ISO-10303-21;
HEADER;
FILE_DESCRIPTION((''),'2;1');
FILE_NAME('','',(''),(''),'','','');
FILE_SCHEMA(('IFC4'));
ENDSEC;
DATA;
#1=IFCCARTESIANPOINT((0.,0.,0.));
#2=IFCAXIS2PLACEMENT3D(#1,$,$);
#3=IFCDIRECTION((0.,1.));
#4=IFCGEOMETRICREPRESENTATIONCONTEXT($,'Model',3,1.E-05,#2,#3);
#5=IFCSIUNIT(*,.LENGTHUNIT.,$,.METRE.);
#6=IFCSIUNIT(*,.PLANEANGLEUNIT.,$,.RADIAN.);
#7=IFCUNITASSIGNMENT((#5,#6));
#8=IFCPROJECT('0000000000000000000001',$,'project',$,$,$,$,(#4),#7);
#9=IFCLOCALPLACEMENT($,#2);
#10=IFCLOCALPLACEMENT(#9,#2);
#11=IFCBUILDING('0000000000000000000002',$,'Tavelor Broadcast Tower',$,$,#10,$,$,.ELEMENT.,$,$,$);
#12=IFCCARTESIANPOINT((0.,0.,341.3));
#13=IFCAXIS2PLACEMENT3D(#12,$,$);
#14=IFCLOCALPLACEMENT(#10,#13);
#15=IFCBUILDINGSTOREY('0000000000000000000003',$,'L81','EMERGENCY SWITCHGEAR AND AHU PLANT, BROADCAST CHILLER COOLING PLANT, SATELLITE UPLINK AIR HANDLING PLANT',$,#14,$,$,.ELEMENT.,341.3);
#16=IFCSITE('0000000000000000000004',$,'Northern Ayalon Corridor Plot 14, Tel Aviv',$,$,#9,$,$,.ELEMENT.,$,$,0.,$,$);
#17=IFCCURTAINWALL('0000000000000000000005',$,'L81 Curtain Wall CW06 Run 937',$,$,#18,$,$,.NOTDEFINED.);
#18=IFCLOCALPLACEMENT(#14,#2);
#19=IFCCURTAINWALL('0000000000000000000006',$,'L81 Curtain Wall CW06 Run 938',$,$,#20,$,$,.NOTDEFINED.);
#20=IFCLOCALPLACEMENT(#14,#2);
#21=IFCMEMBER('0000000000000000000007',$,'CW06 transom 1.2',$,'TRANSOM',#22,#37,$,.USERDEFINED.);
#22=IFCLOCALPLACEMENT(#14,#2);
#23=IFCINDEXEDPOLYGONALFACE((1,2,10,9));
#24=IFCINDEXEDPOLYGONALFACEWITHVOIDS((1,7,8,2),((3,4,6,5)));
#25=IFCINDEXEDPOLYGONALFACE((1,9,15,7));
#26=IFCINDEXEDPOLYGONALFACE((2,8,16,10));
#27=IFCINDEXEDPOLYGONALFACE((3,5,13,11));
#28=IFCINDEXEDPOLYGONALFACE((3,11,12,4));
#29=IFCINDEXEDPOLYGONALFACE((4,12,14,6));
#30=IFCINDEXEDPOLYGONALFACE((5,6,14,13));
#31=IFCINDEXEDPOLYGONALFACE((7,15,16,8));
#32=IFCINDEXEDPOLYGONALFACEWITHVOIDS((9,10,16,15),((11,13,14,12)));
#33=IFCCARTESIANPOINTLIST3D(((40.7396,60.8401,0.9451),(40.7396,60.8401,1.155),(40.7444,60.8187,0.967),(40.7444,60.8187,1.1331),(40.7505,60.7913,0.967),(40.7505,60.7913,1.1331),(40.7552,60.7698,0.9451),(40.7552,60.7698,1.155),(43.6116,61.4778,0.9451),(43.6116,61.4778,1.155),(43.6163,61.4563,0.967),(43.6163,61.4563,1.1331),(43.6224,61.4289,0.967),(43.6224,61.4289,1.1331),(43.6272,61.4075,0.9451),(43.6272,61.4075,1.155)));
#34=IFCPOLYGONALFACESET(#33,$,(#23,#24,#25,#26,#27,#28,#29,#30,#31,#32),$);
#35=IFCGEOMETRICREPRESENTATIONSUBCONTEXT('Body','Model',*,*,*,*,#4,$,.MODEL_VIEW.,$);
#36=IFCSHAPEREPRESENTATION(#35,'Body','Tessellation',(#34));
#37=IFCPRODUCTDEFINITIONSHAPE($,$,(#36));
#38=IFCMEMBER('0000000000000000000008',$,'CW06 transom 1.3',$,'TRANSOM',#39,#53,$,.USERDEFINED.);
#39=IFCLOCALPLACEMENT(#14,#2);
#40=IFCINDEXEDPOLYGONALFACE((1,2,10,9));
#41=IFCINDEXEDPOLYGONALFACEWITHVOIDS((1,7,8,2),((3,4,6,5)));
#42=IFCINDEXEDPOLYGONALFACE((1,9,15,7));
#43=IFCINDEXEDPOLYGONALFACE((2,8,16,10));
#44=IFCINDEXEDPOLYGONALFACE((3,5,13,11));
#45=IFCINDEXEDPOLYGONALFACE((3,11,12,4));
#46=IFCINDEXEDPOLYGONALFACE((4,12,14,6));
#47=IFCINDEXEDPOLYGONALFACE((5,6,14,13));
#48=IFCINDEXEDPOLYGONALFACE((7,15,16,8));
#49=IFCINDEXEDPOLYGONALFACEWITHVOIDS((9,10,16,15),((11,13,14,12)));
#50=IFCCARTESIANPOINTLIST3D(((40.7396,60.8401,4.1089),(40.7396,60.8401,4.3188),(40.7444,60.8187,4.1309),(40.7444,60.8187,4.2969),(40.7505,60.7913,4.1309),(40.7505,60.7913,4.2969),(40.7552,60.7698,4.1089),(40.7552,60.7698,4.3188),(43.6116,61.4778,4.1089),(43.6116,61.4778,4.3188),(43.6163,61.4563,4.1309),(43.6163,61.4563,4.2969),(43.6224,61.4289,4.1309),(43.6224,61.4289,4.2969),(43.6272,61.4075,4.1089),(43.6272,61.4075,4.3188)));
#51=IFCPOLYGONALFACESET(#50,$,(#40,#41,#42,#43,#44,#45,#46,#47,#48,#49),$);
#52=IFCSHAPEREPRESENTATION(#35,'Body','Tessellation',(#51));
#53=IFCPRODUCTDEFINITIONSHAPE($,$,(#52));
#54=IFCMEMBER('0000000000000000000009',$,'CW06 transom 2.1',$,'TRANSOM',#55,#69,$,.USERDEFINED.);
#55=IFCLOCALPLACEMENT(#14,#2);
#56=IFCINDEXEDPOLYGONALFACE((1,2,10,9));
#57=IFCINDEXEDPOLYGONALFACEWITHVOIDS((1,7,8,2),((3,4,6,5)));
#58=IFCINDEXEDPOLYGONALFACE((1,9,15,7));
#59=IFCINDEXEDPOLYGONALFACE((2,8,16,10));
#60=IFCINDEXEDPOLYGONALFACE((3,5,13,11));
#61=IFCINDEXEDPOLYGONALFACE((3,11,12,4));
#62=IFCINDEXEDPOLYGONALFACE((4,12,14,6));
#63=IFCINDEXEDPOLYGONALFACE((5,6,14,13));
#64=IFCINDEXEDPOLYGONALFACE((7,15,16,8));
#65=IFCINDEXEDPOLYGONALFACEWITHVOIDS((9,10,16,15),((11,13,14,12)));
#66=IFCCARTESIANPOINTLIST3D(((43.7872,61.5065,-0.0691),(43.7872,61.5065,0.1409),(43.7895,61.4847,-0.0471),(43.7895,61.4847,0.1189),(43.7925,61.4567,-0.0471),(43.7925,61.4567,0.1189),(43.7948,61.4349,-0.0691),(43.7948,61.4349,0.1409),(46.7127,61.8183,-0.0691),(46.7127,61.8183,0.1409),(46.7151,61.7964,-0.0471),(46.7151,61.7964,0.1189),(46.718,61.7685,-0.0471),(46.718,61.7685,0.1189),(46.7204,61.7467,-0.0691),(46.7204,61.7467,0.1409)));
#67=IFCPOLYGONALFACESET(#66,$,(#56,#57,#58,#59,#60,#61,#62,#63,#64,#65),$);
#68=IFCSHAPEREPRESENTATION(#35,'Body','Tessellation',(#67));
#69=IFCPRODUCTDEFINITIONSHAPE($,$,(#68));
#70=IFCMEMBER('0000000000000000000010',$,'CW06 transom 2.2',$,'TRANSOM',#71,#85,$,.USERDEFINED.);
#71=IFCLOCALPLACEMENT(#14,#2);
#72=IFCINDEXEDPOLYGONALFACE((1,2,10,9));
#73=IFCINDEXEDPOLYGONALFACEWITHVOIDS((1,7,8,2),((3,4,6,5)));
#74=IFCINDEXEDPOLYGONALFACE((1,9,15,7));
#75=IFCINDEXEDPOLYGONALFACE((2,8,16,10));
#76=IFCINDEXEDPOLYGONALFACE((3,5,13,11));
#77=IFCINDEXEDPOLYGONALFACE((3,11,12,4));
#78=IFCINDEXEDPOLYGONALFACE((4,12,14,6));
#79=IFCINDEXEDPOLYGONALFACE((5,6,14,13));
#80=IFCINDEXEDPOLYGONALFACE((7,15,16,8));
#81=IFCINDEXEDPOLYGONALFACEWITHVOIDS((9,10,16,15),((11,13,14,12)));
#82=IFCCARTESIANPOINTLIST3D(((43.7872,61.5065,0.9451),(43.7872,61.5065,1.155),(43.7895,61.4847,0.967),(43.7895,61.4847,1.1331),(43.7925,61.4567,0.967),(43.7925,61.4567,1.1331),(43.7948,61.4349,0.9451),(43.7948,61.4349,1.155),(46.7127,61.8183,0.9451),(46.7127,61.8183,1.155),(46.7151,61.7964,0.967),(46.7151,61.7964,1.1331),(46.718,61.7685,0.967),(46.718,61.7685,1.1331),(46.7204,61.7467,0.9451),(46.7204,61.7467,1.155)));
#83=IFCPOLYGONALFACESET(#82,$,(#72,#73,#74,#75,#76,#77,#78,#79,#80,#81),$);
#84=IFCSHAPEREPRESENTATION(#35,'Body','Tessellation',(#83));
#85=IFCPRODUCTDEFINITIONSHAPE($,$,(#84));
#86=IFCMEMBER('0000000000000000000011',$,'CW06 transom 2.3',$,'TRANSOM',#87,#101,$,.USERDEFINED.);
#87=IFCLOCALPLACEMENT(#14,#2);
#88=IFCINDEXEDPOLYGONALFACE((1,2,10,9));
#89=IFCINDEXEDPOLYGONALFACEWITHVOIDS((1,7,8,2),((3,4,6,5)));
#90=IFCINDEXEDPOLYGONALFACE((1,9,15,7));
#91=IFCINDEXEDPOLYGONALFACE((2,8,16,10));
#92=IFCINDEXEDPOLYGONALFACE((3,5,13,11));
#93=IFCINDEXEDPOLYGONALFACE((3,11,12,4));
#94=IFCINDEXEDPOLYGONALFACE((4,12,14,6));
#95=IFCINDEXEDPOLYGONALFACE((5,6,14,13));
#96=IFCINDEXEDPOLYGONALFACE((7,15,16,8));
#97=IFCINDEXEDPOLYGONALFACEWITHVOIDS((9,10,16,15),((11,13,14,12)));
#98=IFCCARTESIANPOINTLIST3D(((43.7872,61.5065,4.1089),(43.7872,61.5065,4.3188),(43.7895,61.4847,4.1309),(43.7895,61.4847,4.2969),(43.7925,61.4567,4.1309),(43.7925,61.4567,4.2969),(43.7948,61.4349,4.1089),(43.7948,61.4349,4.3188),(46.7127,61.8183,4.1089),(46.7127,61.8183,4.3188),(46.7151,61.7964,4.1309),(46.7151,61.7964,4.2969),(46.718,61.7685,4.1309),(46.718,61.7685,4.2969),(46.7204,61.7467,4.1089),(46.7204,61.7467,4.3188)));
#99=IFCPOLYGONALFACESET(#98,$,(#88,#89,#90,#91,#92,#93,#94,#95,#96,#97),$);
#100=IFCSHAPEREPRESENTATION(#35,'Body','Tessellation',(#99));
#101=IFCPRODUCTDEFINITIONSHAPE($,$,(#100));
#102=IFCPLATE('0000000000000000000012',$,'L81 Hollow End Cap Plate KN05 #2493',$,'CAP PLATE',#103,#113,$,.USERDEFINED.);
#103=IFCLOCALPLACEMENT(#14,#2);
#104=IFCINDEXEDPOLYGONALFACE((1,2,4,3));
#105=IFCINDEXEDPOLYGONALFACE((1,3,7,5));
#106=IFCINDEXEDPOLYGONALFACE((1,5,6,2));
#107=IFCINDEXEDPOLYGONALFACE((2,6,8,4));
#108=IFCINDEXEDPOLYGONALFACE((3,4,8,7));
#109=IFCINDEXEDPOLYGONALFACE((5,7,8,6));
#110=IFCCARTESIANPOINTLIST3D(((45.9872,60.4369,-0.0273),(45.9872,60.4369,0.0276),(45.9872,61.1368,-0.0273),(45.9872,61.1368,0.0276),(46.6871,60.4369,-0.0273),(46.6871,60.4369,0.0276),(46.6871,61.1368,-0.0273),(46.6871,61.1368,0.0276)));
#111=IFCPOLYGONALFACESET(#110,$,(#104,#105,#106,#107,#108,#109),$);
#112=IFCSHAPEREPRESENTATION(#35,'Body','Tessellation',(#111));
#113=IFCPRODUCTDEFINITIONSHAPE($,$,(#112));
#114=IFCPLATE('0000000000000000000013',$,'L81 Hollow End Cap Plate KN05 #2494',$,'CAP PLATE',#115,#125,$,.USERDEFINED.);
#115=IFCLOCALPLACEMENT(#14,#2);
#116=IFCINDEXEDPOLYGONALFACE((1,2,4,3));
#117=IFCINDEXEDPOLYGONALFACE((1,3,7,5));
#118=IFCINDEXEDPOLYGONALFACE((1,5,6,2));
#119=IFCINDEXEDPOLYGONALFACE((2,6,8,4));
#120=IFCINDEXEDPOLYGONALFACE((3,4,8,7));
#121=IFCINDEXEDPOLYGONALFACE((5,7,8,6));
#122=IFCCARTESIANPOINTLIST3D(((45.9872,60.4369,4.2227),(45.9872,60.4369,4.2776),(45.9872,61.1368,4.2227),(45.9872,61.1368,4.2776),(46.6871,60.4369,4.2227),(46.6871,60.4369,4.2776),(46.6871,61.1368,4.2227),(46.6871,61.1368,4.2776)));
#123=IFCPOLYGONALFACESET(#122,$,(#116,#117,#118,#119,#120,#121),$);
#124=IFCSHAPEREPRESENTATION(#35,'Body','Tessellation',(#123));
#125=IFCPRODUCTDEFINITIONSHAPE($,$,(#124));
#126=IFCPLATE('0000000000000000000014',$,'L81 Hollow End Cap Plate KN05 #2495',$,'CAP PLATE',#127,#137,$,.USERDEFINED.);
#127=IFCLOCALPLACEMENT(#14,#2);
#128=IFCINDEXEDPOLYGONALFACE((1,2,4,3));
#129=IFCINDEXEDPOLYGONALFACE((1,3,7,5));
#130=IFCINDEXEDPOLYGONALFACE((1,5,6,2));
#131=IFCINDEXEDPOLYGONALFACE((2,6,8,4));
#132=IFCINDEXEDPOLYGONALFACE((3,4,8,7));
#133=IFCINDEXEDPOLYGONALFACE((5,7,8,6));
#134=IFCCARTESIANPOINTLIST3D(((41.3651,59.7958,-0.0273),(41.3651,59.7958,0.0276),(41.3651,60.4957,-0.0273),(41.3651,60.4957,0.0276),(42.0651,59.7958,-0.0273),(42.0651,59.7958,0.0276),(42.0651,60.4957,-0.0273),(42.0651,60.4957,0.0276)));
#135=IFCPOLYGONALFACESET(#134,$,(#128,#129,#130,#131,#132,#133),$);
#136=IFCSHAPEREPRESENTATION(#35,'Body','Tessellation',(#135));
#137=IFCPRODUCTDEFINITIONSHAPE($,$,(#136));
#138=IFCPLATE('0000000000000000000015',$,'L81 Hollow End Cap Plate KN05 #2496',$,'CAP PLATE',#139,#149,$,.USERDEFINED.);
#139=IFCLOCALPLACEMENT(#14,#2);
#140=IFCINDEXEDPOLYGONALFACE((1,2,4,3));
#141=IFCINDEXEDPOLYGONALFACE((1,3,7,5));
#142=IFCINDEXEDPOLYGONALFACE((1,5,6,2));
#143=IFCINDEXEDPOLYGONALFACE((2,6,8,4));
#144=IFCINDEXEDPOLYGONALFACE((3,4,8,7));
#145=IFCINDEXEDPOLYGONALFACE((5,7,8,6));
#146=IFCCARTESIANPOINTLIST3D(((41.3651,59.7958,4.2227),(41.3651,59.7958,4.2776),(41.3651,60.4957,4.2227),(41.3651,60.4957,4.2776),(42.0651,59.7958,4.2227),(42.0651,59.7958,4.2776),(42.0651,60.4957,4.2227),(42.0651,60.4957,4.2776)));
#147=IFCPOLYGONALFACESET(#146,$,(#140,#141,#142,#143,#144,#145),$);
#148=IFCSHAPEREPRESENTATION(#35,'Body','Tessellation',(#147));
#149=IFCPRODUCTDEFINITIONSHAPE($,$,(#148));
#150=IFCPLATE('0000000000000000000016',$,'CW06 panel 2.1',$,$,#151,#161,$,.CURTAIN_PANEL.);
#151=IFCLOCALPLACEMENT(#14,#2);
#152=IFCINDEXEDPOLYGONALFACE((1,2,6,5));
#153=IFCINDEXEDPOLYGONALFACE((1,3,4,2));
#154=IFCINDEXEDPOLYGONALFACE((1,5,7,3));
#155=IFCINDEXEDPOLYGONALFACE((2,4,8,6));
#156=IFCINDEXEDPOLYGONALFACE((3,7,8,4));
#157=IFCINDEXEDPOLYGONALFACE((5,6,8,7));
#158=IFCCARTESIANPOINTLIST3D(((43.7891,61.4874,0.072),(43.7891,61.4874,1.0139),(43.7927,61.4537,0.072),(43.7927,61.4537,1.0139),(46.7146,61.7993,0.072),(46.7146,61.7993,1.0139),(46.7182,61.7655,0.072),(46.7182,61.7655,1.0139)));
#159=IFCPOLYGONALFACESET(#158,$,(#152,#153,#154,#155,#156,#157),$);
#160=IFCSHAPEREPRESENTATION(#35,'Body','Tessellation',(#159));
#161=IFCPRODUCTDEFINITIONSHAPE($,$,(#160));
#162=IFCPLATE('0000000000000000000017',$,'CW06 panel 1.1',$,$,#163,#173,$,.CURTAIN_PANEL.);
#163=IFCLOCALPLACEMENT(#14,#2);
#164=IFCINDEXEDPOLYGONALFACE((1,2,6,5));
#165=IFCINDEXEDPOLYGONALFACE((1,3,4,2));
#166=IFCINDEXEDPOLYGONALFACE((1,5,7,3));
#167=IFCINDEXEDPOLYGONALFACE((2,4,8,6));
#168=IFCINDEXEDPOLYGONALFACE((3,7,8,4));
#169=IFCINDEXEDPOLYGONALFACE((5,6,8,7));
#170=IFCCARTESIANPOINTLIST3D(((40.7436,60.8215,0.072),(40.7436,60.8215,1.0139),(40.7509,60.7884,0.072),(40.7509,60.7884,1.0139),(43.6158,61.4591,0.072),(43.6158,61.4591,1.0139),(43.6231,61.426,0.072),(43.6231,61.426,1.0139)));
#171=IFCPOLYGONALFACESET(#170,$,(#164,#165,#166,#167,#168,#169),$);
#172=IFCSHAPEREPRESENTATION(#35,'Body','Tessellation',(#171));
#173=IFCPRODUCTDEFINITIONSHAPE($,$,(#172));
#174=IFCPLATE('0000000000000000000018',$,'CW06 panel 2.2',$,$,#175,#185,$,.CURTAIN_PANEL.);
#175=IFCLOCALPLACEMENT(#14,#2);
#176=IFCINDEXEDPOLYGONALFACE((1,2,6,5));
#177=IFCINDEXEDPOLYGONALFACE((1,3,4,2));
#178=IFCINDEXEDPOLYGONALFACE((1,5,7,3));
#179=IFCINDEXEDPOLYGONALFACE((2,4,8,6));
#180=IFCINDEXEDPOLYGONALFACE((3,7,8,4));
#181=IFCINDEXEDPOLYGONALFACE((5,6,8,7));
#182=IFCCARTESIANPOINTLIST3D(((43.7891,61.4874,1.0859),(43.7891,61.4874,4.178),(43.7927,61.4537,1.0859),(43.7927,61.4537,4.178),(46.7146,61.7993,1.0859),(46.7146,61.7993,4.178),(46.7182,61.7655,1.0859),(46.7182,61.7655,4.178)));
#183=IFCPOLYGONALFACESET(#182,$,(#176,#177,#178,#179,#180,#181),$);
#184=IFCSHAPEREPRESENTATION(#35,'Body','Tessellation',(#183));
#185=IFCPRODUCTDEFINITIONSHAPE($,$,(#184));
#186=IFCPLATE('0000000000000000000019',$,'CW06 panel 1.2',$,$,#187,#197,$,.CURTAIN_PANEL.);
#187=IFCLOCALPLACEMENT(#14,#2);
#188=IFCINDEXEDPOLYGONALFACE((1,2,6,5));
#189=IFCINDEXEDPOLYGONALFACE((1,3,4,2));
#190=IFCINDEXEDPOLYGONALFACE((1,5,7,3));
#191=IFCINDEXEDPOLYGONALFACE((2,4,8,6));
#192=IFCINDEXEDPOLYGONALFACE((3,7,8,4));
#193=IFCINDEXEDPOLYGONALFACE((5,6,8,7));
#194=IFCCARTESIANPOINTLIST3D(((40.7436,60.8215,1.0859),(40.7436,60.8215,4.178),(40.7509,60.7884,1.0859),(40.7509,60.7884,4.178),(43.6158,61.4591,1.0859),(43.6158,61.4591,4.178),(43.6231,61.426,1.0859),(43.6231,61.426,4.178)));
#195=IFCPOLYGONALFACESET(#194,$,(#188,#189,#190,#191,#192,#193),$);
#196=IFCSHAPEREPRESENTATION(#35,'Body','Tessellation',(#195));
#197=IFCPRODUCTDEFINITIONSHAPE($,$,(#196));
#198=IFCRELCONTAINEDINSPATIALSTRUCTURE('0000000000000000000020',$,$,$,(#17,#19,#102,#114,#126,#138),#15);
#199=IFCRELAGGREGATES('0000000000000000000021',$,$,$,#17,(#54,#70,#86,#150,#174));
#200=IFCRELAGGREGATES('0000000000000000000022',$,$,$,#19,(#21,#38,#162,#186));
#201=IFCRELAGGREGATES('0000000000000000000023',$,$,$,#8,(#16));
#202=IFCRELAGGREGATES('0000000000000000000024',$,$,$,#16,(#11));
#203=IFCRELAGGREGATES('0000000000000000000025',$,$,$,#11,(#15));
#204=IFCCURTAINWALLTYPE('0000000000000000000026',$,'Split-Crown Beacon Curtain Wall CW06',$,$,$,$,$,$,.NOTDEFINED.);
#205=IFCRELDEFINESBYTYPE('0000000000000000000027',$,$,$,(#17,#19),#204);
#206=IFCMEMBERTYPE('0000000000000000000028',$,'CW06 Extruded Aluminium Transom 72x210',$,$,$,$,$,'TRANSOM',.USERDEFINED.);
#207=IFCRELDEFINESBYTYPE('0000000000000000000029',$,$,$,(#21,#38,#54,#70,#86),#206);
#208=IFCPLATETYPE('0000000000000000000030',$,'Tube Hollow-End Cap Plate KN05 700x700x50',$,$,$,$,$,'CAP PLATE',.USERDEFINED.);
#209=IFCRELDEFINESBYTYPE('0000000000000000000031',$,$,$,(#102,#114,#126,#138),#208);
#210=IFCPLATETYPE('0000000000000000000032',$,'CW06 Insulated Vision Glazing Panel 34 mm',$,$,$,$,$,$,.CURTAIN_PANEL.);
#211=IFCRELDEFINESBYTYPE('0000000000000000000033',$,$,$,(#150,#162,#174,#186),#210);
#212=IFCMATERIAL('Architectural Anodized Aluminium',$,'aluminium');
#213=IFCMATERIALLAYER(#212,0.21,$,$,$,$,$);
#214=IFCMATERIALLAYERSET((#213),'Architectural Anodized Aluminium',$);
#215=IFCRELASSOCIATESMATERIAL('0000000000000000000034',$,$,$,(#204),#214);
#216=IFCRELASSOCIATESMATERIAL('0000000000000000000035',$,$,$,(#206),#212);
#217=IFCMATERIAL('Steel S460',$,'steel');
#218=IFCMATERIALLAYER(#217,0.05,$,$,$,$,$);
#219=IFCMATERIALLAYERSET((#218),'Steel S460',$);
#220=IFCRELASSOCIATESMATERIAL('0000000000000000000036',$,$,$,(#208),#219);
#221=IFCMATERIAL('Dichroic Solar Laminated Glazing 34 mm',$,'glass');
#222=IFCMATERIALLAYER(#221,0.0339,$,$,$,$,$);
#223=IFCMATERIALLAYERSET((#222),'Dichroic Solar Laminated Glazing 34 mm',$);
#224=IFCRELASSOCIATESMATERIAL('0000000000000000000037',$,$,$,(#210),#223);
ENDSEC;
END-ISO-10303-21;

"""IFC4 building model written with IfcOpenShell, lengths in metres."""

from ifc_helpers import new_model, si_unit, direction, frame, origin, origin_2d, place, context, subcontext, project, spatial, rectangle, hollow_rectangle, extrude, source, transform, mapped, material, layer, layer_set, material_profile, profile_set, type_object, type_shapes, element, aggregate, save


model = new_model("IFC4")

# Units and contexts
model_context = context("Model", 3, precision=1e-05, world=origin(), true_north=direction((0.0, 1.0)))
body_context = subcontext(model_context, "Body", "Model", "MODEL_VIEW")
ifc_project = project(units=[si_unit("LENGTHUNIT", "METRE"), si_unit("PLANEANGLEUNIT", "RADIAN")], contexts=[model_context])

# Site, building, storey
site_placement = place(None, origin())
site = spatial("IfcSite", under=ifc_project, at=site_placement, Name="Northern Ayalon Corridor Plot 14, Tel Aviv", CompositionType="ELEMENT", RefElevation=0.0)
building_placement = place(site_placement, origin())
building = spatial("IfcBuilding", under=site, at=building_placement, Name="Tavelor Broadcast Tower", CompositionType="ELEMENT")
storey_placement = place(building_placement, frame((0.0, 0.0, 341.3)))
storey = spatial("IfcBuildingStorey", under=building, at=storey_placement, Name="L81", Description="EMERGENCY SWITCHGEAR AND AHU PLANT, BROADCAST CHILLER COOLING PLANT, SATELLITE UPLINK AIR HANDLING PLANT", CompositionType="ELEMENT", Elevation=341.3)

# Curtain walls, members
ifc_material_1 = material(Name="Architectural Anodized Aluminium", Category="aluminium")
ifc_layer_1 = layer(ifc_material_1, 0.21)
ifc_layer_set_1 = layer_set([ifc_layer_1], Name="Architectural Anodized Aluminium")
curtain_wall_type = type_object("IfcCurtainWallType", Name="Split-Crown Beacon Curtain Wall CW06", PredefinedType="NOTDEFINED", material=ifc_layer_set_1)
curtain_wall_1_placement = place(storey_placement, origin())
curtain_wall_1 = element("IfcCurtainWall", 1, at=curtain_wall_1_placement, inside=storey, type_object=curtain_wall_type, Name="L81 Curtain Wall CW06 Run 937", PredefinedType="NOTDEFINED")
curtain_wall_2_placement = place(storey_placement, origin())
curtain_wall_2 = element("IfcCurtainWall", 2, at=curtain_wall_2_placement, inside=storey, type_object=curtain_wall_type, Name="L81 Curtain Wall CW06 Run 938", PredefinedType="NOTDEFINED")
ifc_material_profile_1 = material_profile(ifc_material_1, hollow_rectangle(XDim=0.072, YDim=0.21, WallThickness=0.022, at=origin_2d()), Name="RHS 72x210x22")
ifc_profile_set_1 = profile_set([ifc_material_profile_1], Name="Architectural Anodized Aluminium")
member_type_1 = type_object("IfcMemberType", Name="CW06 Extruded Aluminium Transom 72x210", ElementType="TRANSOM", PredefinedType="USERDEFINED", material=ifc_profile_set_1)
shared_shape_1 = source(origin(), body_context, "Body", "SweptSolid", [
    extrude(hollow_rectangle(XDim=0.072, YDim=0.21, WallThickness=0.022, at=origin_2d()), origin(), (0.0, 0.0, 1.0), 2.9419),
])
member_1_placement = place(storey_placement, frame((43.6194, 61.4426, 1.05), z_axis=(-0.976226, -0.216755, 0.0), x_axis=(0.216755, -0.976226, 0.0)))
member_1 = element("IfcMember", 3, at=member_1_placement, type_object=member_type_1, Name="CW06 transom 1.2", ObjectType="TRANSOM", PredefinedType="USERDEFINED", context=body_context, shape_type="MappedRepresentation", body=[
    mapped(shared_shape_1, transform((0.0, 0.0, 0.0), scale=1.0)),
])
member_2_placement = place(storey_placement, frame((43.6194, 61.4426, 4.2139), z_axis=(-0.976226, -0.216755, 0.0), x_axis=(0.216755, -0.976226, 0.0)))
member_2 = element("IfcMember", 4, at=member_2_placement, type_object=member_type_1, Name="CW06 transom 1.3", ObjectType="TRANSOM", PredefinedType="USERDEFINED", context=body_context, shape_type="MappedRepresentation", body=[
    mapped(shared_shape_1, transform((0.0, 0.0, 0.0), scale=1.0)),
])

# Members
shared_shape_2 = source(origin(), body_context, "Body", "SweptSolid", [
    extrude(hollow_rectangle(XDim=0.072, YDim=0.21, WallThickness=0.022, at=origin_2d()), origin(), (0.0, 0.0, 1.0), 2.9421),
])
type_shapes(member_type_1, [shared_shape_1, shared_shape_2])
member_3_placement = place(storey_placement, frame((46.7166, 61.7825, 0.0359), z_axis=(-0.99437, -0.105968, 0.0), x_axis=(0.105968, -0.99437, 0.0)))
member_3 = element("IfcMember", 5, at=member_3_placement, type_object=member_type_1, Name="CW06 transom 2.1", ObjectType="TRANSOM", PredefinedType="USERDEFINED", context=body_context, shape_type="MappedRepresentation", body=[
    mapped(shared_shape_2, transform((0.0, 0.0, 0.0), scale=1.0)),
])
member_4_placement = place(storey_placement, frame((46.7166, 61.7825, 1.05), z_axis=(-0.99437, -0.105968, 0.0), x_axis=(0.105968, -0.99437, 0.0)))
member_4 = element("IfcMember", 6, at=member_4_placement, type_object=member_type_1, Name="CW06 transom 2.2", ObjectType="TRANSOM", PredefinedType="USERDEFINED", context=body_context, shape_type="MappedRepresentation", body=[
    mapped(shared_shape_2, transform((0.0, 0.0, 0.0), scale=1.0)),
])
member_5_placement = place(storey_placement, frame((46.7166, 61.7825, 4.2139), z_axis=(-0.99437, -0.105968, 0.0), x_axis=(0.105968, -0.99437, 0.0)))
member_5 = element("IfcMember", 7, at=member_5_placement, type_object=member_type_1, Name="CW06 transom 2.3", ObjectType="TRANSOM", PredefinedType="USERDEFINED", context=body_context, shape_type="MappedRepresentation", body=[
    mapped(shared_shape_2, transform((0.0, 0.0, 0.0), scale=1.0)),
])

# Plates
ifc_material_2 = material(Name="Steel S460", Category="steel")
ifc_layer_2 = layer(ifc_material_2, 0.05)
ifc_layer_set_2 = layer_set([ifc_layer_2], Name="Steel S460")
plate_type_1 = type_object("IfcPlateType", Name="Tube Hollow-End Cap Plate KN05 700x700x50", ElementType="CAP PLATE", PredefinedType="USERDEFINED", material=ifc_layer_set_2)
shared_shape_3 = source(origin(), body_context, "Body", "SweptSolid", [
    extrude(rectangle(XDim=0.7, YDim=0.7, at=origin_2d()), origin(), (0.0, 0.0, 1.0), 0.0549),
])
type_shapes(plate_type_1, [shared_shape_3])
for number, where, z_axis, x_axis, name in (
    (8, (46.3372, 60.7869, -0.0273), (0.0, 0.0, 1.0), (1.0, 0.0, 0.0), "L81 Hollow End Cap Plate KN05 #2493"),
    (9, (46.3372, 60.7869, 4.2227), (0.0, 0.0, 1.0), (1.0, 0.0, 0.0), "L81 Hollow End Cap Plate KN05 #2494"),
    (10, (41.7151, 60.1458, -0.0273), (0.0, 0.0, 1.0), (1.0, 0.0, 0.0), "L81 Hollow End Cap Plate KN05 #2495"),
    (11, (41.7151, 60.1458, 4.2227), (0.0, 0.0, 1.0), (1.0, 0.0, 0.0), "L81 Hollow End Cap Plate KN05 #2496"),
):
    element("IfcPlate", number, at=place(storey_placement, frame(where, z_axis=z_axis, x_axis=x_axis)), inside=storey, type_object=plate_type_1, Name=name, ObjectType="CAP PLATE", PredefinedType="USERDEFINED", context=body_context, shape_type="MappedRepresentation", body=[
        mapped(shared_shape_3, transform((0.0, 0.0, 0.0), scale=1.0)),
    ])

# Plates
ifc_material_3 = material(Name="Dichroic Solar Laminated Glazing 34 mm", Category="glass")
ifc_layer_3 = layer(ifc_material_3, 0.0339)
ifc_layer_set_3 = layer_set([ifc_layer_3], Name="Dichroic Solar Laminated Glazing 34 mm")
plate_type_2 = type_object("IfcPlateType", Name="CW06 Insulated Vision Glazing Panel 34 mm", PredefinedType="CURTAIN_PANEL", material=ifc_layer_set_3)
shared_shape_4 = source(origin(), body_context, "Body", "SweptSolid", [
    extrude(rectangle(XDim=2.9421, YDim=0.0339, at=origin_2d()), origin(), (0.0, 0.0, 1.0), 0.9419),
])
plate_1_placement = place(storey_placement, frame((45.2537, 61.6265, 0.072), z_axis=(0.0, 0.0, 1.0), x_axis=(-0.994367, -0.105995, 0.0)))
plate_1 = element("IfcPlate", 12, at=plate_1_placement, type_object=plate_type_2, Name="CW06 panel 2.1", PredefinedType="CURTAIN_PANEL", context=body_context, shape_type="MappedRepresentation", body=[
    mapped(shared_shape_4, transform((0.0, 0.0, 0.0), scale=1.0)),
])
plate_2_placement = place(storey_placement, frame((42.1833, 61.1238, 0.072), z_axis=(0.0, 0.0, 1.0), x_axis=(-0.976236, -0.216712, 0.0)))
plate_2 = element("IfcPlate", 13, at=plate_2_placement, type_object=plate_type_2, Name="CW06 panel 1.1", PredefinedType="CURTAIN_PANEL", context=body_context, shape_type="MappedRepresentation", body=[
    mapped(shared_shape_4, transform((0.0, 0.0, 0.0), scale=1.0)),
])
shared_shape_5 = source(origin(), body_context, "Body", "SweptSolid", [
    extrude(rectangle(XDim=2.9421, YDim=0.0339, at=origin_2d()), origin(), (0.0, 0.0, 1.0), 3.092),
])
type_shapes(plate_type_2, [shared_shape_4, shared_shape_5])
plate_3_placement = place(storey_placement, frame((45.2537, 61.6265, 1.0859), z_axis=(0.0, 0.0, 1.0), x_axis=(-0.994367, -0.105995, 0.0)))
plate_3 = element("IfcPlate", 14, at=plate_3_placement, type_object=plate_type_2, Name="CW06 panel 2.2", PredefinedType="CURTAIN_PANEL", context=body_context, shape_type="MappedRepresentation", body=[
    mapped(shared_shape_5, transform((0.0, 0.0, 0.0), scale=1.0)),
])
aggregate(curtain_wall_1, [member_3, member_4, member_5, plate_1, plate_3])
plate_4_placement = place(storey_placement, frame((42.1833, 61.1238, 1.0859), z_axis=(0.0, 0.0, 1.0), x_axis=(-0.976236, -0.216712, 0.0)))
plate_4 = element("IfcPlate", 15, at=plate_4_placement, type_object=plate_type_2, Name="CW06 panel 1.2", PredefinedType="CURTAIN_PANEL", context=body_context, shape_type="MappedRepresentation", body=[
    mapped(shared_shape_5, transform((0.0, 0.0, 0.0), scale=1.0)),
])
aggregate(curtain_wall_2, [member_1, member_2, plate_2, plate_4])

save(model, "model.ifc")
